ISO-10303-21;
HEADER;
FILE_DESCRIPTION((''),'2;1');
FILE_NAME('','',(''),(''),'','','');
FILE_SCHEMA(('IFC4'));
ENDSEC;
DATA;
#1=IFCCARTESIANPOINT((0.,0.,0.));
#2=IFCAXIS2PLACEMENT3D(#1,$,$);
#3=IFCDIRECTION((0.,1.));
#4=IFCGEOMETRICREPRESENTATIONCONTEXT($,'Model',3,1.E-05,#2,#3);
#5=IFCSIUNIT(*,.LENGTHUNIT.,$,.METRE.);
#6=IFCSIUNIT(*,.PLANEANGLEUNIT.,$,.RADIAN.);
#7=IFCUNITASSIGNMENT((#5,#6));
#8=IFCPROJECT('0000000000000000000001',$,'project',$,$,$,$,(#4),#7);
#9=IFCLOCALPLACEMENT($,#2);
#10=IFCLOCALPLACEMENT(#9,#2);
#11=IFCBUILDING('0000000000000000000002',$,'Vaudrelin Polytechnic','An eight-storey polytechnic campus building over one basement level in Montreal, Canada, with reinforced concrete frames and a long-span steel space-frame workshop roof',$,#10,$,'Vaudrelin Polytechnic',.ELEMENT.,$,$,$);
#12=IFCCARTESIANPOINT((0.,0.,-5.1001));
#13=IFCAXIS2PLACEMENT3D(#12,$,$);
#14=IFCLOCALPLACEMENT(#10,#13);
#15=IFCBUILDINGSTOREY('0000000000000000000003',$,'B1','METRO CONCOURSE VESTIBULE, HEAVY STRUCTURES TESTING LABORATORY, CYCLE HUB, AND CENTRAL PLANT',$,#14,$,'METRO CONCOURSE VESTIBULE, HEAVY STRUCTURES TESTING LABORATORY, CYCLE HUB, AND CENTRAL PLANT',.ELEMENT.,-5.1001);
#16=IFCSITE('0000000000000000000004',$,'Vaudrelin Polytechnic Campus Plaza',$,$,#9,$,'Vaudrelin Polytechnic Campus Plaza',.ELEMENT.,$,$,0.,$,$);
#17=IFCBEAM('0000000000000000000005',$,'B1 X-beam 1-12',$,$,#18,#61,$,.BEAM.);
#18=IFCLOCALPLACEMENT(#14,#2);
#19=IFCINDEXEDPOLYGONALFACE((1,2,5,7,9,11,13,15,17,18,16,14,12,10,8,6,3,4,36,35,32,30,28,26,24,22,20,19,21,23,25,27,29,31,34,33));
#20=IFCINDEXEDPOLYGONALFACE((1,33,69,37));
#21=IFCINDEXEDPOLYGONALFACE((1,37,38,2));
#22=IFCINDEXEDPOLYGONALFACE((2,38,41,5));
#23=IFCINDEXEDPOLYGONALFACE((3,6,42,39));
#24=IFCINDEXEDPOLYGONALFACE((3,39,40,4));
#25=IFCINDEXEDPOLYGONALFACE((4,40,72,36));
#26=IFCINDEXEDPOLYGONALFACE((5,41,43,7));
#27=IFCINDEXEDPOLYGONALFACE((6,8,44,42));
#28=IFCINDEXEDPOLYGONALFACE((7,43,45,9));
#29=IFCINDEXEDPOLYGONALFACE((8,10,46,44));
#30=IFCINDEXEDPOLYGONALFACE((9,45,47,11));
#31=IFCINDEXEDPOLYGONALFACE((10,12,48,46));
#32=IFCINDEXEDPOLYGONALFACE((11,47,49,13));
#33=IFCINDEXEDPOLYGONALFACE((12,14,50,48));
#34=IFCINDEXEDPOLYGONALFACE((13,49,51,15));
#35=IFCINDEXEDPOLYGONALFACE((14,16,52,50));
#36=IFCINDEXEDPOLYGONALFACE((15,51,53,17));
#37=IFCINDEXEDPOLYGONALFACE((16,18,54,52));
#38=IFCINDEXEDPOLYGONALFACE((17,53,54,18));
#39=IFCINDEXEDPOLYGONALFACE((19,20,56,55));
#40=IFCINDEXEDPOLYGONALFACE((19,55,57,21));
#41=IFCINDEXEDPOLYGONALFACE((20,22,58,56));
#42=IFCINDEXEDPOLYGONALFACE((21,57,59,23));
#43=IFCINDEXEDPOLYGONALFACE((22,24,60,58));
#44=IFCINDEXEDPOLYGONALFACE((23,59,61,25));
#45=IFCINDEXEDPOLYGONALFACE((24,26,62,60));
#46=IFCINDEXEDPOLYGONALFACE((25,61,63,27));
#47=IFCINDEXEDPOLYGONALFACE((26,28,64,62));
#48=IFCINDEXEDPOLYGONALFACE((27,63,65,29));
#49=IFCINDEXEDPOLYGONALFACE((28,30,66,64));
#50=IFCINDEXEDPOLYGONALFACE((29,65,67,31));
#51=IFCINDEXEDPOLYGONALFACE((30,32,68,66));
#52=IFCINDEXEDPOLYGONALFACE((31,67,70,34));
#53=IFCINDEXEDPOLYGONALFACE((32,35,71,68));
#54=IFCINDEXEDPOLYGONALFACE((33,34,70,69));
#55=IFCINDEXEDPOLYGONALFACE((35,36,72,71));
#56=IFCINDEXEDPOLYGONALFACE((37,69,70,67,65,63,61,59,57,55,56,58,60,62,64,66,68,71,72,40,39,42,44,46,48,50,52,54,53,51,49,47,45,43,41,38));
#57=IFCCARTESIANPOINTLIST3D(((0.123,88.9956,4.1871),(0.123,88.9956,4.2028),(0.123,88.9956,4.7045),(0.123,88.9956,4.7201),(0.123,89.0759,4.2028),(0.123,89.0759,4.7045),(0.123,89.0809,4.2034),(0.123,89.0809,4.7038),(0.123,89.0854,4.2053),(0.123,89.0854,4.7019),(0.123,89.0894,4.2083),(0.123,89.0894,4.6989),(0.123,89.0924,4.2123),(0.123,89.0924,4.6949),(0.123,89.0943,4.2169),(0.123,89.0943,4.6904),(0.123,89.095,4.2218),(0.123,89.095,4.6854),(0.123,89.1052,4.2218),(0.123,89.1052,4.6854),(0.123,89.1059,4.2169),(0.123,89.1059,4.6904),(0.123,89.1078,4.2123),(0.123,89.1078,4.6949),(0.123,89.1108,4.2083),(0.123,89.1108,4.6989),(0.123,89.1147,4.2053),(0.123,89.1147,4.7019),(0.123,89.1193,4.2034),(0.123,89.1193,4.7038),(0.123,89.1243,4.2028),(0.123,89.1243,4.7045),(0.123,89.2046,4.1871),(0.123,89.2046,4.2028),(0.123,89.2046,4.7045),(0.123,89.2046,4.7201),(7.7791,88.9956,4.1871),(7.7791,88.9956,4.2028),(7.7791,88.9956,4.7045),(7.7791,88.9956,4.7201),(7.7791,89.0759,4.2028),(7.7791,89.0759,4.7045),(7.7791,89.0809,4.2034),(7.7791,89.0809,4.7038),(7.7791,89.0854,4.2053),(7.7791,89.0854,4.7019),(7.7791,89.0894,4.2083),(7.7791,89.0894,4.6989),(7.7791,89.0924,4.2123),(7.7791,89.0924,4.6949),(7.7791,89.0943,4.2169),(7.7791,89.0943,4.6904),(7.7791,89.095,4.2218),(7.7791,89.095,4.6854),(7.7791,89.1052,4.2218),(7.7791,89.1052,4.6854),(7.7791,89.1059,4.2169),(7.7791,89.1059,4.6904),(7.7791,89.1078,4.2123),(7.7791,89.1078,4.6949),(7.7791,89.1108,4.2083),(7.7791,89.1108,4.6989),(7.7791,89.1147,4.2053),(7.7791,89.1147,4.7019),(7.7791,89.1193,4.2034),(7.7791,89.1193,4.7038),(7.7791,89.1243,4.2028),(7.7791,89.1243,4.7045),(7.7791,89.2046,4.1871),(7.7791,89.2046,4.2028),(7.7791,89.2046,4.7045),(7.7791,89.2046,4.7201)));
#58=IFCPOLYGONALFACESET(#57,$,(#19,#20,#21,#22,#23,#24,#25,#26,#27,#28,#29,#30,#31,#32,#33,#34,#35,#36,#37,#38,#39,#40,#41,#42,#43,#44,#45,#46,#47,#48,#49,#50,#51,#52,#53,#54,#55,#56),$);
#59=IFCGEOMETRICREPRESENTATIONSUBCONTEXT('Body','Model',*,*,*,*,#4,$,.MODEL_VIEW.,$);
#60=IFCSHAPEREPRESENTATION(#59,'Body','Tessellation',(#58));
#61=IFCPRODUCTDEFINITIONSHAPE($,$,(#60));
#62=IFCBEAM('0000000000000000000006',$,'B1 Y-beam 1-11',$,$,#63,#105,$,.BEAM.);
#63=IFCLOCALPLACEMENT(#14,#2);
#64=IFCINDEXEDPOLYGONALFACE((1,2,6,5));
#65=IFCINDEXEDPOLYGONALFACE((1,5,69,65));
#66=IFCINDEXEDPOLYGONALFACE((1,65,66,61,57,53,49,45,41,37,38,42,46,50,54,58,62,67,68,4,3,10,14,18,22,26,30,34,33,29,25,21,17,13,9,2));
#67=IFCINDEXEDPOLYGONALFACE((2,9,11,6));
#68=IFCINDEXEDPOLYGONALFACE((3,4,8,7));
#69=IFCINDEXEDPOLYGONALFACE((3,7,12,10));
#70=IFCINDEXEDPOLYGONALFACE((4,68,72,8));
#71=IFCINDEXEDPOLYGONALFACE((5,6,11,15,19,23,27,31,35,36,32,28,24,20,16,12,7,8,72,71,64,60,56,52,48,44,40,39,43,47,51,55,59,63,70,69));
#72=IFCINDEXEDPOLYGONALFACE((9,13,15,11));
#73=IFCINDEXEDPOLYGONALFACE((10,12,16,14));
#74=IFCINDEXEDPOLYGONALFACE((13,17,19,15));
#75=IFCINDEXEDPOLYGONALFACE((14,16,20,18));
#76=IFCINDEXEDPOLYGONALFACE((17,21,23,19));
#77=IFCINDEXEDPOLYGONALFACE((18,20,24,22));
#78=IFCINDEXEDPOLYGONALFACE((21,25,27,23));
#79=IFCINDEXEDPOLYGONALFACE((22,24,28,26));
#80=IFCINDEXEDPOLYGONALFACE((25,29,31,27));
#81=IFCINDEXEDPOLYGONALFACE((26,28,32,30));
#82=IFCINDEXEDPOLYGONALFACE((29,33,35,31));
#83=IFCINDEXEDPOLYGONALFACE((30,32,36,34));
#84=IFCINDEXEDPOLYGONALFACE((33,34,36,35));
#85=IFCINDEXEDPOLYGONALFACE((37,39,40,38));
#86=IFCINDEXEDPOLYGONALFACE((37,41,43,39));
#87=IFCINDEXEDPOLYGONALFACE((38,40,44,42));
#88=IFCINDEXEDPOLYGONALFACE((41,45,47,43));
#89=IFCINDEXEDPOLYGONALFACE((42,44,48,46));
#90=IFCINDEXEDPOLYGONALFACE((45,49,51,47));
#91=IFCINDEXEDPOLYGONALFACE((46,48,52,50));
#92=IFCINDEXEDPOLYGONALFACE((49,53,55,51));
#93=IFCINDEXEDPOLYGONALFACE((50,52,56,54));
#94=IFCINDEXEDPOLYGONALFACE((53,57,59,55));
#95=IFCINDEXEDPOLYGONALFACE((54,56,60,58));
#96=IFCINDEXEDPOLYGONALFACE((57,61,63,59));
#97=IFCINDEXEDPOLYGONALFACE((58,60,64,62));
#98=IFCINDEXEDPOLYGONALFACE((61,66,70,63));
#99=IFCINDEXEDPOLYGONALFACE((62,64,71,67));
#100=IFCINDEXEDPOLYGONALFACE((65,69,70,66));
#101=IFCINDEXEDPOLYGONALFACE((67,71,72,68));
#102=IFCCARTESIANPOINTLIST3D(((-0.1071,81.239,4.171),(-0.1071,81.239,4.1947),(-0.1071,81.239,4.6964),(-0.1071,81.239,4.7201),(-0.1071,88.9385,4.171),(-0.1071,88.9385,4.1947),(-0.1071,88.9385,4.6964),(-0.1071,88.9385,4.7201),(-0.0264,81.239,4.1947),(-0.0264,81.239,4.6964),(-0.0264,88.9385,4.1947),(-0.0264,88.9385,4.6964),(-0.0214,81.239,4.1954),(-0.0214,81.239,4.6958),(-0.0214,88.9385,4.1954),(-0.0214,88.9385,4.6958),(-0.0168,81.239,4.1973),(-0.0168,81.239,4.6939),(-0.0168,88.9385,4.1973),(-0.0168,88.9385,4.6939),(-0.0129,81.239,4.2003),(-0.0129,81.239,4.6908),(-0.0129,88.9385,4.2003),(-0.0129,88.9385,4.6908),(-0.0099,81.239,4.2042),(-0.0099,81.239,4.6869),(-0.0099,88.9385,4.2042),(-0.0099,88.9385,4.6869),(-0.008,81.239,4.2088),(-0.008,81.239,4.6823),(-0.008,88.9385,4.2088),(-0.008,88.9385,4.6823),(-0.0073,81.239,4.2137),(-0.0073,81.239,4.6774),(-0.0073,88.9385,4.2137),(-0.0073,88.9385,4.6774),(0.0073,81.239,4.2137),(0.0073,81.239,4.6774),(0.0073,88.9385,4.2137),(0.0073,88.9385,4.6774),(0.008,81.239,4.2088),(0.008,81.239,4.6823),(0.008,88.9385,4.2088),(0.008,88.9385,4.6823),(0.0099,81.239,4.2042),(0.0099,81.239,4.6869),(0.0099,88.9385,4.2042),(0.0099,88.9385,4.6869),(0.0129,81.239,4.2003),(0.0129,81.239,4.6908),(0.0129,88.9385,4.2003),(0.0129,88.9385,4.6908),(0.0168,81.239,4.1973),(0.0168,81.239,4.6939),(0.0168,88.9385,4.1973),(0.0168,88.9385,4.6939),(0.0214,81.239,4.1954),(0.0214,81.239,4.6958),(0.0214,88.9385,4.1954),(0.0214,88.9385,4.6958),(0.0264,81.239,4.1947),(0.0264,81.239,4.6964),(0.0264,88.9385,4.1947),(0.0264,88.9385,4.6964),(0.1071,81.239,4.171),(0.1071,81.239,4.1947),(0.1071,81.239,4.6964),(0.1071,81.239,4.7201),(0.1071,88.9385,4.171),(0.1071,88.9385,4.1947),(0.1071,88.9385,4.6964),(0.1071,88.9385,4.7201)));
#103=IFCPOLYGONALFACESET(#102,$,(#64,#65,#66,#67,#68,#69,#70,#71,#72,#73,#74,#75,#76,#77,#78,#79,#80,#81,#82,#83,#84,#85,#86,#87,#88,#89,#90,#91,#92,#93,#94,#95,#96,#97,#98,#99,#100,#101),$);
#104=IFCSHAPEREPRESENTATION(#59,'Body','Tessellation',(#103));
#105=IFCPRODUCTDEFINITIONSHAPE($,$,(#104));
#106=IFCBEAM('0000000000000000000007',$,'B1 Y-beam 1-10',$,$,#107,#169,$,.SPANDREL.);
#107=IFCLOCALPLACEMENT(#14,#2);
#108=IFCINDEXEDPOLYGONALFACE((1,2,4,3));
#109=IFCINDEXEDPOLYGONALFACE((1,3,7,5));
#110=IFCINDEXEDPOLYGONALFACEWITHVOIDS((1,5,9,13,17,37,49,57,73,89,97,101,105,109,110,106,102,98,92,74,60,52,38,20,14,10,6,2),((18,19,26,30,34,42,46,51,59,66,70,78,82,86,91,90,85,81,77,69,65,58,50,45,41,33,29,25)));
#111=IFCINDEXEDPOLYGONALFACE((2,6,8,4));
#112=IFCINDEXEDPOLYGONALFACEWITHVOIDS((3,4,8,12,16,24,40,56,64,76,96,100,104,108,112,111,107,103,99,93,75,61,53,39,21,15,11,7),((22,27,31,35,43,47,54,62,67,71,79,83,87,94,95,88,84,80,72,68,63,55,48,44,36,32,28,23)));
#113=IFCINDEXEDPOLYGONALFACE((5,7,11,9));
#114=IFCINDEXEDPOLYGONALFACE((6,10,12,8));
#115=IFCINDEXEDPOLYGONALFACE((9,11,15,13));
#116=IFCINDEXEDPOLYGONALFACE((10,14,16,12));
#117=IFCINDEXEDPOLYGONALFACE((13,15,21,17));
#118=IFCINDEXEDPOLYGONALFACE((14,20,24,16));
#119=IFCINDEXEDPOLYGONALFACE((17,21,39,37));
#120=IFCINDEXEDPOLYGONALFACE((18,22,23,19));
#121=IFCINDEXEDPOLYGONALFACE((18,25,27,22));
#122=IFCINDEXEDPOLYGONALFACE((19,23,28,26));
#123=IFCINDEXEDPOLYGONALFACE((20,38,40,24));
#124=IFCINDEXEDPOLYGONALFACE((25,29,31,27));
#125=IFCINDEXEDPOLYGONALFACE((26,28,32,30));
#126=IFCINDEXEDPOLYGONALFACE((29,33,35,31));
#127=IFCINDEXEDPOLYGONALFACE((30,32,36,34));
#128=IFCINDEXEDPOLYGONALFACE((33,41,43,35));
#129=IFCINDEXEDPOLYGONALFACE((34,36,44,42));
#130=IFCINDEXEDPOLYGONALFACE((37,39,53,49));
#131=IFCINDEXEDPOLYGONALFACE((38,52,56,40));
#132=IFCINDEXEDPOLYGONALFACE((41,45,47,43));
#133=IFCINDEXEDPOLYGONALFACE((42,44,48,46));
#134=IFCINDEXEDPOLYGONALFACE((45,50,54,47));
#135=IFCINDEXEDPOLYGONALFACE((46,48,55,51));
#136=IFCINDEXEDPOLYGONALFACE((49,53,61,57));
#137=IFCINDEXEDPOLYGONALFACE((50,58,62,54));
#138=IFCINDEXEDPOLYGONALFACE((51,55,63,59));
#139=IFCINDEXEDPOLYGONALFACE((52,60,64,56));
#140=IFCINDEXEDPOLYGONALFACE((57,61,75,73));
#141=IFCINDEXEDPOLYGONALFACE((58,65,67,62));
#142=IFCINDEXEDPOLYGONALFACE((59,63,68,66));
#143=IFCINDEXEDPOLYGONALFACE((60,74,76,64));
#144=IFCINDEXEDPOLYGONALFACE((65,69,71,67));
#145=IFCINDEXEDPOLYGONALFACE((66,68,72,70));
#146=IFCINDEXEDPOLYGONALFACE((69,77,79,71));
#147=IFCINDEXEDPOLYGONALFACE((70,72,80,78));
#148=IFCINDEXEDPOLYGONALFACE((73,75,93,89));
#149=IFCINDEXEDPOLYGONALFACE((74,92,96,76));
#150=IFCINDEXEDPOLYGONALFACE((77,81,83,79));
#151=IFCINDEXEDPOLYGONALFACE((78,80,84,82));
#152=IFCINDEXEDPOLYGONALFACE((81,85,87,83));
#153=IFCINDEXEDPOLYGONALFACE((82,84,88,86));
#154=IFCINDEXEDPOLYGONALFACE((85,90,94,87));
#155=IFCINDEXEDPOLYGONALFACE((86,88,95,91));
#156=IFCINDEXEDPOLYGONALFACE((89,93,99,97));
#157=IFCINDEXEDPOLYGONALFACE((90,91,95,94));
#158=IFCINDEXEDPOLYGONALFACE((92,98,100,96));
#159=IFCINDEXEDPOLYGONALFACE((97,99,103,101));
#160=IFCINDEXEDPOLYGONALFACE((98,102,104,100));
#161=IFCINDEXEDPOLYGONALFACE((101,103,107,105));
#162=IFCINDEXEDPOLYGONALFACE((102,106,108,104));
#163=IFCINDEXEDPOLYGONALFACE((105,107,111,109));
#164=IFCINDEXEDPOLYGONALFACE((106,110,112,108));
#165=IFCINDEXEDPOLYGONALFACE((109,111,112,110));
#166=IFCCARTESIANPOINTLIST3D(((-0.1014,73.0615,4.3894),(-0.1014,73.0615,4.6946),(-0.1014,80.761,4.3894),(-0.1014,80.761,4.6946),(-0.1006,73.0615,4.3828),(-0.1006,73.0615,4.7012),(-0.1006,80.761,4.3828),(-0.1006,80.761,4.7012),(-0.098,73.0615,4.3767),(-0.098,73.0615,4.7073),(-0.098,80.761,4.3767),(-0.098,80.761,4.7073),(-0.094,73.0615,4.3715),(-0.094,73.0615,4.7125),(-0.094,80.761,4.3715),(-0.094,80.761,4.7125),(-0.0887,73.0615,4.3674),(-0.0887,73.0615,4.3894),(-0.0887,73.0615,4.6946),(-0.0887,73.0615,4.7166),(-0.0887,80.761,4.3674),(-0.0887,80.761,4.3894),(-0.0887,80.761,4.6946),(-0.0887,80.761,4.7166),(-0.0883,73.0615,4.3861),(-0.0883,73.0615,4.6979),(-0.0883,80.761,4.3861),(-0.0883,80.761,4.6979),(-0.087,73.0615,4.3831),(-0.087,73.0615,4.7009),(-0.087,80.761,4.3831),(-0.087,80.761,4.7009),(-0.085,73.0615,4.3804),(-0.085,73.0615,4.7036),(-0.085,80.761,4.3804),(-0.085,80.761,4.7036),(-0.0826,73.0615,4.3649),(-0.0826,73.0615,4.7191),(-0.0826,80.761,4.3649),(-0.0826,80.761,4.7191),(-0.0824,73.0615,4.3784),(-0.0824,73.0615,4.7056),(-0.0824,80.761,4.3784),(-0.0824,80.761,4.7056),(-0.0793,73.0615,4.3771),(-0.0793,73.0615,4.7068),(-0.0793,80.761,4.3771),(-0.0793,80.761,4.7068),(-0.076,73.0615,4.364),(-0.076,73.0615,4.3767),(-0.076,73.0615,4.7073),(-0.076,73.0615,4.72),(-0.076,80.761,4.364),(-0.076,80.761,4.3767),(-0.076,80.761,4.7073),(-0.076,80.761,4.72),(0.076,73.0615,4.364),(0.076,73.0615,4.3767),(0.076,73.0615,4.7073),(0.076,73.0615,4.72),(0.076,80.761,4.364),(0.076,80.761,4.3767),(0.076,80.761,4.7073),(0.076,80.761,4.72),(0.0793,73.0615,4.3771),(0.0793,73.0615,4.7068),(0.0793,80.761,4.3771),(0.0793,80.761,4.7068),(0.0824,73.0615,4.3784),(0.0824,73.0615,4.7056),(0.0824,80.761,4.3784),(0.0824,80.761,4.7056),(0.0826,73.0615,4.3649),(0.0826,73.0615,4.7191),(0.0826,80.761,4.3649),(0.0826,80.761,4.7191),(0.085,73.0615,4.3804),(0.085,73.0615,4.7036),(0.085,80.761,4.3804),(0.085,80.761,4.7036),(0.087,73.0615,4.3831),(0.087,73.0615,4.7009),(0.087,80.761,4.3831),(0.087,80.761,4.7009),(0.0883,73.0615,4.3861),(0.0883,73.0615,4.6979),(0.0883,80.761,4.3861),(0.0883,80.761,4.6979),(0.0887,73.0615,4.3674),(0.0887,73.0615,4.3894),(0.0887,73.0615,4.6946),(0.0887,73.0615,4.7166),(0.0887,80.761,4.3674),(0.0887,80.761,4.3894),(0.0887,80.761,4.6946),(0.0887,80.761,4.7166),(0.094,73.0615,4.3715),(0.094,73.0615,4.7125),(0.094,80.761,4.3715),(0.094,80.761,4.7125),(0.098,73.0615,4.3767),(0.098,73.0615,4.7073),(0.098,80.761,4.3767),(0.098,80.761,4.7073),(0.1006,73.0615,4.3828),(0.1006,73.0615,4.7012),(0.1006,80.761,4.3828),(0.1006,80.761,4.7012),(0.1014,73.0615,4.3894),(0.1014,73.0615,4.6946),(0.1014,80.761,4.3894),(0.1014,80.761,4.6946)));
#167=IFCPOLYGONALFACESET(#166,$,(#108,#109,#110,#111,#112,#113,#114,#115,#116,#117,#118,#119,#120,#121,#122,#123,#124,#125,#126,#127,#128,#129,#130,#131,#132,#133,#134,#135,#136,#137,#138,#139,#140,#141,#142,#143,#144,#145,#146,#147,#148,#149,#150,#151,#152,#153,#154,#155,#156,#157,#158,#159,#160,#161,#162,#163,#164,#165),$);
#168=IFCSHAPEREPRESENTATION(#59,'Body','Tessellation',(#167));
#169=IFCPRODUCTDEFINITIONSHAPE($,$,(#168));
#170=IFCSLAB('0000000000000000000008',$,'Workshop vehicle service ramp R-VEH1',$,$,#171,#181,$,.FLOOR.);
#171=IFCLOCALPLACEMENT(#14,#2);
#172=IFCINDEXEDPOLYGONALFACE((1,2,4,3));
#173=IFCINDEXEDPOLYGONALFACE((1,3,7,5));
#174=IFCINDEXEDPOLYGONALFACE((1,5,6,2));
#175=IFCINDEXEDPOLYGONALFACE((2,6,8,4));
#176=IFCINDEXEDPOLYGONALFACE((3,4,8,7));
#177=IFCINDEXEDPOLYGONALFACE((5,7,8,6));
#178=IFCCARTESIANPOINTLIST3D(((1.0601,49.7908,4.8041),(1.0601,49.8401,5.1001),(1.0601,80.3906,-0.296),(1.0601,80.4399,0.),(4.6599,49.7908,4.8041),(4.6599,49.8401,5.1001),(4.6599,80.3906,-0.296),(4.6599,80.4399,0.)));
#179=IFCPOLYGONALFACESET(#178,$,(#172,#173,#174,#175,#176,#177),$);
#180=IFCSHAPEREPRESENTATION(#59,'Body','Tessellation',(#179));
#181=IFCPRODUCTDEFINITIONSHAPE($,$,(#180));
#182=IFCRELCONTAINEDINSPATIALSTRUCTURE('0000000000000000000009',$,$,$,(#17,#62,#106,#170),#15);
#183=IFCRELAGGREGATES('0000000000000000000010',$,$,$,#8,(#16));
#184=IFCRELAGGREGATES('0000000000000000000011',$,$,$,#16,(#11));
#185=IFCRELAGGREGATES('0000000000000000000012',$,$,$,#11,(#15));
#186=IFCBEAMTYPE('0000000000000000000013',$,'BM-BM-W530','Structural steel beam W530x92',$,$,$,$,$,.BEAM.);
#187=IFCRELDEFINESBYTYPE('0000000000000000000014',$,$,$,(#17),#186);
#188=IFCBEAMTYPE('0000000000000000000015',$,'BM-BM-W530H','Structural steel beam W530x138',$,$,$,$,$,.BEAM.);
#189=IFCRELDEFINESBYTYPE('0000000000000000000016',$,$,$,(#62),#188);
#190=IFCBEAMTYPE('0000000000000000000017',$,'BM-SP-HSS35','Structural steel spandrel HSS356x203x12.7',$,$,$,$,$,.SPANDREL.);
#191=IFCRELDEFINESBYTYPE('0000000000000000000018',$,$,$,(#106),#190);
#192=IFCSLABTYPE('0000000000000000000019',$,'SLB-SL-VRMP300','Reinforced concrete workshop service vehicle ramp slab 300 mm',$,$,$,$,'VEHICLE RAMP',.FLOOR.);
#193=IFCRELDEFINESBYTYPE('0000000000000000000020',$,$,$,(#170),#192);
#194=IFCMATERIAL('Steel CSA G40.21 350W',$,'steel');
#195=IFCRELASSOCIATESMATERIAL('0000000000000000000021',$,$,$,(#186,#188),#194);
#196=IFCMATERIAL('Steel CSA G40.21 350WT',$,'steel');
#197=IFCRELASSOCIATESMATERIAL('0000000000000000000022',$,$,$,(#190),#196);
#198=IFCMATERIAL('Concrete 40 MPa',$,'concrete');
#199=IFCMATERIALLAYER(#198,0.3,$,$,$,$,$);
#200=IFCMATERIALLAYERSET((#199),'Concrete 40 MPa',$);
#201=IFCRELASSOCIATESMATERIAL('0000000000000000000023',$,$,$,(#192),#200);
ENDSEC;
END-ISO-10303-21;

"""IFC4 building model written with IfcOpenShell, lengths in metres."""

from ifc_helpers import new_model, si_unit, direction, frame, origin, origin_2d, place, context, subcontext, project, spatial, polyline, hollow_rectangle, i_section, outline, extrude, material, layer, layer_set, material_profile, profile_set, type_object, element, save


model = new_model("IFC4")

# Units and contexts
model_context = context("Model", 3, precision=1e-05, world=origin(), true_north=direction((0.0, 1.0)))
body_context = subcontext(model_context, "Body", "Model", "MODEL_VIEW")
ifc_project = project(units=[si_unit("LENGTHUNIT", "METRE"), si_unit("PLANEANGLEUNIT", "RADIAN")], contexts=[model_context])

# Site, building, storey
site_placement = place(None, origin())
site = spatial("IfcSite", under=ifc_project, at=site_placement, Name="Vaudrelin Polytechnic Campus Plaza", LongName="Vaudrelin Polytechnic Campus Plaza", CompositionType="ELEMENT", RefElevation=0.0)
building_placement = place(site_placement, origin())
building = spatial("IfcBuilding", under=site, at=building_placement, Name="Vaudrelin Polytechnic", Description="An eight-storey polytechnic campus building over one basement level in Montreal, Canada, with reinforced concrete frames and a long-span steel space-frame workshop roof", LongName="Vaudrelin Polytechnic", CompositionType="ELEMENT")
storey_placement = place(building_placement, frame((0.0, 0.0, -5.1001)))
storey = spatial("IfcBuildingStorey", under=building, at=storey_placement, Name="B1", Description="METRO CONCOURSE VESTIBULE, HEAVY STRUCTURES TESTING LABORATORY, CYCLE HUB, AND CENTRAL PLANT", LongName="METRO CONCOURSE VESTIBULE, HEAVY STRUCTURES TESTING LABORATORY, CYCLE HUB, AND CENTRAL PLANT", CompositionType="ELEMENT", Elevation=-5.1001)

# Shared definitions
ifc_material_1 = material(Name="Concrete 40 MPa", Category="concrete")

# Shared definitions
ifc_material_2 = material(Name="Steel CSA G40.21 350WT", Category="steel")
ifc_material_3 = material(Name="Steel CSA G40.21 350W", Category="steel")

# Beams
ifc_material_profile_1 = material_profile(ifc_material_3, i_section(OverallWidth=0.209, OverallDepth=0.533, WebThickness=0.0103, FlangeThickness=0.0156, FilletRadius=0.019, at=origin_2d()), Name="W530x92")
ifc_profile_set_1 = profile_set([ifc_material_profile_1], Name="Steel CSA G40.21 350W")
beam_type_1 = type_object("IfcBeamType", Name="BM-BM-W530", Description="Structural steel beam W530x92", PredefinedType="BEAM", material=ifc_profile_set_1)
beam_1_placement = place(storey_placement, frame((0.123, 89.1001, 4.4536), z_axis=(1.0, 0.0, 0.0), x_axis=(0.0, 1.0, 0.0)))
element("IfcBeam", 1, at=beam_1_placement, inside=storey, type_object=beam_type_1, Name="B1 X-beam 1-12", PredefinedType="BEAM", context=body_context, shape_type="SweptSolid", body=[
    extrude(i_section(OverallWidth=0.209, OverallDepth=0.533, WebThickness=0.0103, FlangeThickness=0.0156, FilletRadius=0.019, at=origin_2d()), origin(), (0.0, 0.0, 1.0), 7.656),
])
ifc_material_profile_2 = material_profile(ifc_material_3, i_section(OverallWidth=0.2141, OverallDepth=0.5491, WebThickness=0.0146, FlangeThickness=0.0237, FilletRadius=0.019, at=origin_2d()), Name="W530x138")
ifc_profile_set_2 = profile_set([ifc_material_profile_2], Name="Steel CSA G40.21 350W")
beam_type_2 = type_object("IfcBeamType", Name="BM-BM-W530H", Description="Structural steel beam W530x138", PredefinedType="BEAM", material=ifc_profile_set_2)
beam_2_placement = place(storey_placement, frame((0.0, 81.239, 4.4456), z_axis=(0.0, 1.0, 0.0), x_axis=(-1.0, 0.0, 0.0)))
element("IfcBeam", 2, at=beam_2_placement, inside=storey, type_object=beam_type_2, Name="B1 Y-beam 1-11", PredefinedType="BEAM", context=body_context, shape_type="SweptSolid", body=[
    extrude(i_section(OverallWidth=0.2141, OverallDepth=0.5491, WebThickness=0.0146, FlangeThickness=0.0237, FilletRadius=0.019, at=origin_2d()), origin(), (0.0, 0.0, 1.0), 7.6995),
])
ifc_material_profile_3 = material_profile(ifc_material_2, hollow_rectangle(XDim=0.2029, YDim=0.356, WallThickness=0.0127, InnerFilletRadius=0.0127, OuterFilletRadius=0.0254, at=origin_2d()), Name="HSS356x203x12.7")
ifc_profile_set_3 = profile_set([ifc_material_profile_3], Name="Steel CSA G40.21 350WT")
beam_type_3 = type_object("IfcBeamType", Name="BM-SP-HSS35", Description="Structural steel spandrel HSS356x203x12.7", PredefinedType="SPANDREL", material=ifc_profile_set_3)
beam_3_placement = place(storey_placement, frame((0.0, 73.0615, 4.542), z_axis=(0.0, 1.0, 0.0), x_axis=(-1.0, 0.0, 0.0)))
element("IfcBeam", 3, at=beam_3_placement, inside=storey, type_object=beam_type_3, Name="B1 Y-beam 1-10", PredefinedType="SPANDREL", context=body_context, shape_type="SweptSolid", body=[
    extrude(hollow_rectangle(XDim=0.2029, YDim=0.356, WallThickness=0.0127, InnerFilletRadius=0.0127, OuterFilletRadius=0.0254, at=origin_2d()), origin(), (0.0, 0.0, 1.0), 7.6995),
])

# Slab
ifc_layer_1 = layer(ifc_material_1, 0.3)
ifc_layer_set_1 = layer_set([ifc_layer_1], Name="Concrete 40 MPa")
slab_type = type_object("IfcSlabType", Name="SLB-SL-VRMP300", Description="Reinforced concrete workshop service vehicle ramp slab 300 mm", ElementType="VEHICLE RAMP", PredefinedType="FLOOR", material=ifc_layer_set_1)
slab_placement = place(storey_placement, frame((1.0601, 80.4399, 0.0), z_axis=(0.0, 0.164403, 0.986393), x_axis=(1.0, 0.0, 0.0)))
element("IfcSlab", 4, at=slab_placement, inside=storey, type_object=slab_type, Name="Workshop vehicle service ramp R-VEH1", PredefinedType="FLOOR", context=body_context, shape_type="SweptSolid", body=[
    extrude(outline(polyline([(0.0, 0.0), (3.5999, 0.0), (3.5999, -31.022), (0.0, -31.022), (0.0, 0.0)])), origin(), (0.0, 0.0, -1.0), 0.3),
])

save(model, "model.ifc")
